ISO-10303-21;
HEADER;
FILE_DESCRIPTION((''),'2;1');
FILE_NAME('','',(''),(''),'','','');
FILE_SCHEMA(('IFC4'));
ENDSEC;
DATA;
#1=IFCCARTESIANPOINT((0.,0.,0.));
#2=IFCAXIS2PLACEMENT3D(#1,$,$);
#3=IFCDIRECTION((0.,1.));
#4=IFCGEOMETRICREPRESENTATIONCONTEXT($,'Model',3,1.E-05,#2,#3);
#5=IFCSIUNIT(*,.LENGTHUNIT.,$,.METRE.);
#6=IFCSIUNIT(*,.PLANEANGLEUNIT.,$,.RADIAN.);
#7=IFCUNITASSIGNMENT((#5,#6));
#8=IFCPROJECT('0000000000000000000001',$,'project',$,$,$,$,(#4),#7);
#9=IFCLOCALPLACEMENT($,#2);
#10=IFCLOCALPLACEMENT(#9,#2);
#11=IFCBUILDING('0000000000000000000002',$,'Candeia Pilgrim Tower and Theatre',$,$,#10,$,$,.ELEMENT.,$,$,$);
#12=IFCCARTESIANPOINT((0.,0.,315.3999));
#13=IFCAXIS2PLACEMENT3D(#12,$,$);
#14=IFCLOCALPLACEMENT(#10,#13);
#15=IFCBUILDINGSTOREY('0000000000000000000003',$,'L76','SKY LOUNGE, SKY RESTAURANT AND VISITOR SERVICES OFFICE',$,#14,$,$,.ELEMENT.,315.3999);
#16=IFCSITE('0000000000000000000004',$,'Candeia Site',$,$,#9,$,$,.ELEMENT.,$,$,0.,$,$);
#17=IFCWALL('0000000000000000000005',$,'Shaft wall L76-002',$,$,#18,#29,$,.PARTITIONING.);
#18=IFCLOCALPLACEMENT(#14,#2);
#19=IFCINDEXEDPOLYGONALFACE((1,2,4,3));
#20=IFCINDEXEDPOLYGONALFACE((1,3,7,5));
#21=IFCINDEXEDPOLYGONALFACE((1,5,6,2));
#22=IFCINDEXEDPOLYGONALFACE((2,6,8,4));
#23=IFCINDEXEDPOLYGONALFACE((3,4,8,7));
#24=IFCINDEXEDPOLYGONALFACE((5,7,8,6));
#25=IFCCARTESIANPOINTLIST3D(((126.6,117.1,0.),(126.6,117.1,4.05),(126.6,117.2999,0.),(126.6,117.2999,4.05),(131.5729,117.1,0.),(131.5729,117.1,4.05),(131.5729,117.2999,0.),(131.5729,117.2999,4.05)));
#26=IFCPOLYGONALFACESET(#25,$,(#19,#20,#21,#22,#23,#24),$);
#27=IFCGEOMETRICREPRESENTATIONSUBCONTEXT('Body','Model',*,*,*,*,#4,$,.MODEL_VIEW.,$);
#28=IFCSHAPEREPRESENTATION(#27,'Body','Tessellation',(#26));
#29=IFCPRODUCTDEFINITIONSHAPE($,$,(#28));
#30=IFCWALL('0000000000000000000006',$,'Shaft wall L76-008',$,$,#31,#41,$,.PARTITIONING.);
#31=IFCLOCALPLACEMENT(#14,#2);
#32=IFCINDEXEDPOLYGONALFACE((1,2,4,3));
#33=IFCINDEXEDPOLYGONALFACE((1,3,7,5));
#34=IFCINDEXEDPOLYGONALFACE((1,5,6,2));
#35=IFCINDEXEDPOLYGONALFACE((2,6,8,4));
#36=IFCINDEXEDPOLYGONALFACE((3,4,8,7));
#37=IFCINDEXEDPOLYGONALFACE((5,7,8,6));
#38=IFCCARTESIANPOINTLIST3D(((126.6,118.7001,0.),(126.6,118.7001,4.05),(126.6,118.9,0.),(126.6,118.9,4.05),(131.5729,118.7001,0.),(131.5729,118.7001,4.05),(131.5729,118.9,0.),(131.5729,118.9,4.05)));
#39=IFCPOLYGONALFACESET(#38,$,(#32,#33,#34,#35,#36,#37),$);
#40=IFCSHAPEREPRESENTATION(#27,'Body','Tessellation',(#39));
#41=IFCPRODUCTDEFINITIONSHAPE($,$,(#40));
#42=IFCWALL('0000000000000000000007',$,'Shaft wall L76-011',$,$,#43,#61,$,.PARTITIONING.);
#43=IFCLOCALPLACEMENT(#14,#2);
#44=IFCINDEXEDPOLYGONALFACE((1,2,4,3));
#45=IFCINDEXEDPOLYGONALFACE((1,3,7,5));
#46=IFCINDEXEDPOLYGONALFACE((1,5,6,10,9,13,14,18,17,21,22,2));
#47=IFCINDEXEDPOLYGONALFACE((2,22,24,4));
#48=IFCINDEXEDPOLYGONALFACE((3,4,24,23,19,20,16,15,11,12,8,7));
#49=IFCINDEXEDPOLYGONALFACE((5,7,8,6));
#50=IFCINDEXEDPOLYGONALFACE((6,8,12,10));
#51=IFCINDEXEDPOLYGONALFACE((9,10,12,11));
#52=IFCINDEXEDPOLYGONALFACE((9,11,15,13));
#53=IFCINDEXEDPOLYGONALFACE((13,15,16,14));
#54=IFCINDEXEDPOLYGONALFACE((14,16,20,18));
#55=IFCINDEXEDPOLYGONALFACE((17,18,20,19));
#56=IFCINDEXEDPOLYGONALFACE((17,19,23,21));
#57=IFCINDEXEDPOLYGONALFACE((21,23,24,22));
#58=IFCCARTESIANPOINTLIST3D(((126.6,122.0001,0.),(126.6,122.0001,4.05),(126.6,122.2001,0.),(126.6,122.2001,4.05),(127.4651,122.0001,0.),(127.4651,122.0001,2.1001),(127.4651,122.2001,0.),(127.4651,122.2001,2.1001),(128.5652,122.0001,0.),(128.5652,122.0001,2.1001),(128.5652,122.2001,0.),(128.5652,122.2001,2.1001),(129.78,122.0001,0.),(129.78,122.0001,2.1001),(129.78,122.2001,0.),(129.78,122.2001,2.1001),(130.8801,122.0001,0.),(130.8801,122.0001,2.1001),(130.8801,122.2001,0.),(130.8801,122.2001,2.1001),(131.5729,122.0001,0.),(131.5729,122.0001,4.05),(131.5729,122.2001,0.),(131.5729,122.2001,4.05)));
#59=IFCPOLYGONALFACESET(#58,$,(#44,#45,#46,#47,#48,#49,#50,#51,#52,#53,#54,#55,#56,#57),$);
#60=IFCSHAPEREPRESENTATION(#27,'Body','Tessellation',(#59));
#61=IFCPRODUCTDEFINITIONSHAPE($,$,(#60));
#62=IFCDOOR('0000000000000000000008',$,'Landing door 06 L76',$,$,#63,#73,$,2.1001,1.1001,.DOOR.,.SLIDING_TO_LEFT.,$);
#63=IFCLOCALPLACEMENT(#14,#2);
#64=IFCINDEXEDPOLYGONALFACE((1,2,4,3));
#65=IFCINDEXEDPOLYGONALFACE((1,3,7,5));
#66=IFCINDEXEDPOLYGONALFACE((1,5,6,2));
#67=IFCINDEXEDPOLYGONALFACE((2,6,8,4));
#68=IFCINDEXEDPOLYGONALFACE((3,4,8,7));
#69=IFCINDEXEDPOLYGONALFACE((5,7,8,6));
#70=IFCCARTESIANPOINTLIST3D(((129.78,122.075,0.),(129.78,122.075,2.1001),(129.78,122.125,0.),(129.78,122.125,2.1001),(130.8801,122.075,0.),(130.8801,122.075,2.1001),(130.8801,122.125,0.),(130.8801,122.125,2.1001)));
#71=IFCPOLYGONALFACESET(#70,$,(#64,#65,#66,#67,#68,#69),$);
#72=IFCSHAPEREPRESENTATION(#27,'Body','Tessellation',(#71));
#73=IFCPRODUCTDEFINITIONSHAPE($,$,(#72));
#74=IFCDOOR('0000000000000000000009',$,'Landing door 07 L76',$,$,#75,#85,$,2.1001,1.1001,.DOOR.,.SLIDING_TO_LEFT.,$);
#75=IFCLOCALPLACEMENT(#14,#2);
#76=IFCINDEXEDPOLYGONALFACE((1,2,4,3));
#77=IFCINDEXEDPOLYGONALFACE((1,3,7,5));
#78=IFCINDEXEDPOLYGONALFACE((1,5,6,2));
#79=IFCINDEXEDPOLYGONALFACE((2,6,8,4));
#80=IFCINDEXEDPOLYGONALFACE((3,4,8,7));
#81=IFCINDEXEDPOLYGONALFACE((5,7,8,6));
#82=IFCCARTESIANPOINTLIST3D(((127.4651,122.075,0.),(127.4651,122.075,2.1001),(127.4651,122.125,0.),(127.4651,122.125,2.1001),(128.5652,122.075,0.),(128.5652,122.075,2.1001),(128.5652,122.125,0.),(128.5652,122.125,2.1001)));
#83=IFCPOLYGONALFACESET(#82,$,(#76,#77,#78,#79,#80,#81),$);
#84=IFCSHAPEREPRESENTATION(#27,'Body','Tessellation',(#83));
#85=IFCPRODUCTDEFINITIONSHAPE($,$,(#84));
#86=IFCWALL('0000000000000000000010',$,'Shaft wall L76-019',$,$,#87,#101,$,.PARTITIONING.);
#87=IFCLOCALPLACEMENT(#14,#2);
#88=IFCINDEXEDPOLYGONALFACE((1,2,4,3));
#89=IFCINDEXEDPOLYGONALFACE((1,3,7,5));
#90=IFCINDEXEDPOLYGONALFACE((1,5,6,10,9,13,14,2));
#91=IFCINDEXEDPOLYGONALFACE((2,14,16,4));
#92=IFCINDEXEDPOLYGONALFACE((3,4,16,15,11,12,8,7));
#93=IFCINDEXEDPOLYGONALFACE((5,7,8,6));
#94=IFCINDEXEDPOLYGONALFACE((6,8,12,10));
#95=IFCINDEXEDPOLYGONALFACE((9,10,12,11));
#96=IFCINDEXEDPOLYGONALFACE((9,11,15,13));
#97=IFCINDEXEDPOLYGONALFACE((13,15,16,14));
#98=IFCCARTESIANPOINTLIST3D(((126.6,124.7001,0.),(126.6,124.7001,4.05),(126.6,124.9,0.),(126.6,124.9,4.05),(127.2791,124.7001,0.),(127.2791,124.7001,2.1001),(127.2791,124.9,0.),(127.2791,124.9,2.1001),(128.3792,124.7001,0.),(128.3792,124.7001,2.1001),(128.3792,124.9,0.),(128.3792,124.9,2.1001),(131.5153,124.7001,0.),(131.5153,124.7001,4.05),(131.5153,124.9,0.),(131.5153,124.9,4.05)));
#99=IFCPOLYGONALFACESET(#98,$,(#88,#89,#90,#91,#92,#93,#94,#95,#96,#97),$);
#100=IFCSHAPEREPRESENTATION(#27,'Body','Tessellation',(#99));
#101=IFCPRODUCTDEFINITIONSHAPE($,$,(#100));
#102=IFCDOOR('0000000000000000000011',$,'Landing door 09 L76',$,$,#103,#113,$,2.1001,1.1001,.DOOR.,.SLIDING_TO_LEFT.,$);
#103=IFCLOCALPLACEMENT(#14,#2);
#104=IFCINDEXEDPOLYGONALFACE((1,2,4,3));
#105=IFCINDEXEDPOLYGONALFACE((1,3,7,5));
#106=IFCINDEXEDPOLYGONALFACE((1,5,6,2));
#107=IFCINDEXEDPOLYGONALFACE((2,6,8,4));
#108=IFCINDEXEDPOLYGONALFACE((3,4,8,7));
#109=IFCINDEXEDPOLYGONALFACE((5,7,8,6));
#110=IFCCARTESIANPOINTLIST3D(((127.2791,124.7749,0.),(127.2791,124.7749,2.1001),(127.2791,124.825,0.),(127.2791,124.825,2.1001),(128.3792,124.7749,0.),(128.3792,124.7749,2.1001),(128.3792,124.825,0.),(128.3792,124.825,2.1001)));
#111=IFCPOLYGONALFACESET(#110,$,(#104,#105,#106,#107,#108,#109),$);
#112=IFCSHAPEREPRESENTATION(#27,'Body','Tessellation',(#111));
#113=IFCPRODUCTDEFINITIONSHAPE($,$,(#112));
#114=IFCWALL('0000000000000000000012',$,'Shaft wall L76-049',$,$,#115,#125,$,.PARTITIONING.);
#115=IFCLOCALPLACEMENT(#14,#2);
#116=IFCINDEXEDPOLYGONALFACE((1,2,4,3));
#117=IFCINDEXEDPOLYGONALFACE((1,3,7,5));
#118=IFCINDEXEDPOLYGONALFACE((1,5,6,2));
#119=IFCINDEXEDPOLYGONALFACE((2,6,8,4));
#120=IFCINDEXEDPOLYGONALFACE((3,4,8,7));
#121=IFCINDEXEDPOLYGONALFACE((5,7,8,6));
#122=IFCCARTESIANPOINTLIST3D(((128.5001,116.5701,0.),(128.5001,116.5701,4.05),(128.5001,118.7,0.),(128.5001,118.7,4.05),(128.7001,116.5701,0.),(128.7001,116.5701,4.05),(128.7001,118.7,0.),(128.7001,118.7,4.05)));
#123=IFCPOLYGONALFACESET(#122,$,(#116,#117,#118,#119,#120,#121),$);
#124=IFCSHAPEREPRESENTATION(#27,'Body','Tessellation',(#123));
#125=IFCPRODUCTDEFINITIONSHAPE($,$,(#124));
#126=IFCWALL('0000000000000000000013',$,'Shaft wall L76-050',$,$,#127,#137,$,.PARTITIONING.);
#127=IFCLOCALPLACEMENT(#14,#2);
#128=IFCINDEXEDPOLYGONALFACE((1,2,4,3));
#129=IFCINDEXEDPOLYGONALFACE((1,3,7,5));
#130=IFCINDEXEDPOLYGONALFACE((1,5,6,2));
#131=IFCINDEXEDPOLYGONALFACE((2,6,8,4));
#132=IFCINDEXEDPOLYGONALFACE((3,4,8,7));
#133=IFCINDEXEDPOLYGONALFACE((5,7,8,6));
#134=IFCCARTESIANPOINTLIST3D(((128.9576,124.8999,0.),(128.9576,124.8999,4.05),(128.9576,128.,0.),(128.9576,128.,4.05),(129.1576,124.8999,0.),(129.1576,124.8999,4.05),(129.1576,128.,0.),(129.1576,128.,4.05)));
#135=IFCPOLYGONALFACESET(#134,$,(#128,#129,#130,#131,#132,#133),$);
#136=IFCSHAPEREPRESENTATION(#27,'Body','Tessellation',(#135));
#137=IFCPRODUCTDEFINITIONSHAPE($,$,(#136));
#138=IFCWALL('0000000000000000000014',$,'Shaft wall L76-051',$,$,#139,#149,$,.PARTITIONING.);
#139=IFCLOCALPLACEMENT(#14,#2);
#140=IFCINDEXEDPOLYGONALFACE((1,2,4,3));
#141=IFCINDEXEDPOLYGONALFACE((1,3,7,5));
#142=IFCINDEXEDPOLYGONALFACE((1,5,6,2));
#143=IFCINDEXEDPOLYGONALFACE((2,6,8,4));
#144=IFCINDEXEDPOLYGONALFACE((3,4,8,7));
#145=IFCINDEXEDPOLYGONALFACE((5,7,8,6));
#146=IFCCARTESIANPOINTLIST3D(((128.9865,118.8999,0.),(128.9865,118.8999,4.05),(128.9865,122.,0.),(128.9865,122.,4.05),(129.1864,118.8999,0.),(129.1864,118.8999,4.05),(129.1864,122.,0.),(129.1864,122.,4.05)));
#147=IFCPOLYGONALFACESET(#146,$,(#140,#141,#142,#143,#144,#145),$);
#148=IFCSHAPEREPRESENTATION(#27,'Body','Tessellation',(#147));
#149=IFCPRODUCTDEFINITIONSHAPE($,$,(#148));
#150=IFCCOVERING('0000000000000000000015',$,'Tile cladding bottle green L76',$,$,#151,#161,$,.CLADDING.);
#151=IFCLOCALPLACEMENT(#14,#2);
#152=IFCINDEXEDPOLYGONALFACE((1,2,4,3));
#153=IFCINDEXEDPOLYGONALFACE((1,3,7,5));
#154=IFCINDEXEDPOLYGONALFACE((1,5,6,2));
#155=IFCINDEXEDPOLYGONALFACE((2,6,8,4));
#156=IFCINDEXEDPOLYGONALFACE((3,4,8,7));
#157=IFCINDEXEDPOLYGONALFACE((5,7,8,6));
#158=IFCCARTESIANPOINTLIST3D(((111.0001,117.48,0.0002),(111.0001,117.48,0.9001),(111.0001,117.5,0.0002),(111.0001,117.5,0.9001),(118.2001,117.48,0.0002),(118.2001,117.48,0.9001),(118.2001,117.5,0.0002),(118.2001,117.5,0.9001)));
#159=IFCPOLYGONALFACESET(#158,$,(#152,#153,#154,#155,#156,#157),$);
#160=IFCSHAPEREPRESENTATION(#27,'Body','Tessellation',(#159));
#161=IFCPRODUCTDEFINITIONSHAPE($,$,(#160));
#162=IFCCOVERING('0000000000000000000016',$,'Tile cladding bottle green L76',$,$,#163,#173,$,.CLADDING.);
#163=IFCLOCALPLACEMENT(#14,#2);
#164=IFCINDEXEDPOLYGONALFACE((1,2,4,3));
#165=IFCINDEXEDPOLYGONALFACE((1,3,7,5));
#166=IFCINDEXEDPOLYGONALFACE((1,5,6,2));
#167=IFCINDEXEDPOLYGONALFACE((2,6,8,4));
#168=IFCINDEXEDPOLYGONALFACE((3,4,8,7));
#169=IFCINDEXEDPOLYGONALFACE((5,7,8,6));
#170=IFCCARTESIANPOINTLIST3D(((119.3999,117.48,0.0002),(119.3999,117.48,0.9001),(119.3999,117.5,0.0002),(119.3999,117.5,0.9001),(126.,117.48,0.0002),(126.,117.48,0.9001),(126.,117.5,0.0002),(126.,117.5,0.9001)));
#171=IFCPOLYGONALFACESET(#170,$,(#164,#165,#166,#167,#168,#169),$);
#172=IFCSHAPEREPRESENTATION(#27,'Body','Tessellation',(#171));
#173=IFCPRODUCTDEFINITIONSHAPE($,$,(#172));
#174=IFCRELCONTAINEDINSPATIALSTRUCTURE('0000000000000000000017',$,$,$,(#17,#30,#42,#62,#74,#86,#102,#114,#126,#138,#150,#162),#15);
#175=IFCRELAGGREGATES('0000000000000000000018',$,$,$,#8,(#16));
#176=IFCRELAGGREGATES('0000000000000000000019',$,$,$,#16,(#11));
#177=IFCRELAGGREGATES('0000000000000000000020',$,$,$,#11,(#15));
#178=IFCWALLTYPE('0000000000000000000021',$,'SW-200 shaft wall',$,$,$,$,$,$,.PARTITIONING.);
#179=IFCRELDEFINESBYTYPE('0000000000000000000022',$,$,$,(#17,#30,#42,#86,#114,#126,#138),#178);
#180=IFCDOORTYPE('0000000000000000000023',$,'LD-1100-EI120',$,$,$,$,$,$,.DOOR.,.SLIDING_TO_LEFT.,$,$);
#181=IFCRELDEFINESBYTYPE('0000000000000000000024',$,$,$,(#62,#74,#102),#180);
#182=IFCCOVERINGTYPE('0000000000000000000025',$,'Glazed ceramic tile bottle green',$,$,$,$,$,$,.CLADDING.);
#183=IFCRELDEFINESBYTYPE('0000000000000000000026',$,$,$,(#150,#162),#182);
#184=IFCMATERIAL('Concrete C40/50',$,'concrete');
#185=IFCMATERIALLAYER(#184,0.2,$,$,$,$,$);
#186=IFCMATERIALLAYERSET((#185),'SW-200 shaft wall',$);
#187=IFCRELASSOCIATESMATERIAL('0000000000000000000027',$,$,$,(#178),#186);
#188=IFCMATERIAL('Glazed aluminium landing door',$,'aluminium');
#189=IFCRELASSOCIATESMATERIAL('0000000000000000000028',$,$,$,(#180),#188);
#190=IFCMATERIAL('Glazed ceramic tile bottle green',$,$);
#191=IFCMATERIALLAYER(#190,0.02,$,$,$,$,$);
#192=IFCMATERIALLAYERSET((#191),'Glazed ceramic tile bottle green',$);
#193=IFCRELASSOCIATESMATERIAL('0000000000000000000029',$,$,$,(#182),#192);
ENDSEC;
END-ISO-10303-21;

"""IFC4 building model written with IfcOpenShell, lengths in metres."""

from ifc_helpers import new_model, si_unit, direction, frame, frame_2d, origin, origin_2d, place, context, subcontext, project, spatial, rectangle, extrude, material, layer, layer_set, type_object, element, fill, save


model = new_model("IFC4")

# Units and contexts
model_context = context("Model", 3, precision=1e-05, world=origin(), true_north=direction((0.0, 1.0)))
body_context = subcontext(model_context, "Body", "Model", "MODEL_VIEW")
ifc_project = project(units=[si_unit("LENGTHUNIT", "METRE"), si_unit("PLANEANGLEUNIT", "RADIAN")], contexts=[model_context])

# Site, building, storey
site_placement = place(None, origin())
site = spatial("IfcSite", under=ifc_project, at=site_placement, Name="Candeia Site", CompositionType="ELEMENT", RefElevation=0.0)
building_placement = place(site_placement, origin())
building = spatial("IfcBuilding", under=site, at=building_placement, Name="Candeia Pilgrim Tower and Theatre", CompositionType="ELEMENT")
storey_placement = place(building_placement, frame((0.0, 0.0, 315.3999)))
storey = spatial("IfcBuildingStorey", under=building, at=storey_placement, Name="L76", Description="SKY LOUNGE, SKY RESTAURANT AND VISITOR SERVICES OFFICE", CompositionType="ELEMENT", Elevation=315.3999)

# Shared definitions
ifc_material_1 = material(Name="Concrete C40/50", Category="concrete")

# Walls
ifc_layer_1 = layer(ifc_material_1, 0.2)
ifc_layer_set_1 = layer_set([ifc_layer_1], Name="SW-200 shaft wall")
wall_type_1 = type_object("IfcWallType", Name="SW-200 shaft wall", PredefinedType="PARTITIONING", material=ifc_layer_set_1)
for number, where, z_axis, x_axis, name in (
    (1, (126.6001, 117.2, 0.0), (0.0, 0.0, 1.0), (1.0, 0.0, 0.0), "Shaft wall L76-002"),
    (2, (126.6001, 118.8, 0.0), (0.0, 0.0, 1.0), (1.0, 0.0, 0.0), "Shaft wall L76-008"),
):
    element("IfcWall", number, at=place(storey_placement, frame(where, z_axis=z_axis, x_axis=x_axis)), inside=storey, type_object=wall_type_1, Name=name, PredefinedType="PARTITIONING", context=body_context, shape_type="SweptSolid", body=[
        extrude(rectangle(XDim=4.9729, YDim=0.2, at=frame_2d((2.4863, 0.0))), origin(), (0.0, 0.0, 1.0), 4.05),
    ])

# Wall, openings, doors
wall_1_placement = place(storey_placement, frame((126.6001, 122.1001, 0.0), z_axis=(0.0, 0.0, 1.0), x_axis=(1.0, 0.0, 0.0)))
wall_1 = element("IfcWall", 3, at=wall_1_placement, inside=storey, type_object=wall_type_1, Name="Shaft wall L76-011", PredefinedType="PARTITIONING", context=body_context, shape_type="SweptSolid", body=[
    extrude(rectangle(XDim=4.9729, YDim=0.2, at=frame_2d((2.4863, 0.0))), origin(), (0.0, 0.0, 1.0), 4.05),
])
opening_1_placement = place(wall_1_placement, frame((3.1799, 0.0, 0.0)))
opening_1 = element("IfcOpeningElement", 4, at=opening_1_placement, cuts=wall_1, PredefinedType="OPENING", context=body_context, shape_type="SweptSolid", body=[
    extrude(rectangle(XDim=1.1001, YDim=2.1001, at=frame_2d((0.55, 1.05))), frame((0.0, 0.1099, 0.0), z_axis=(0.0, -1.0, 0.0), x_axis=(1.0, 0.0, 0.0)), (0.0, 0.0, 1.0), 0.22),
])
opening_2_placement = place(wall_1_placement, frame((0.865, 0.0, 0.0)))
opening_2 = element("IfcOpeningElement", 5, at=opening_2_placement, cuts=wall_1, PredefinedType="OPENING", context=body_context, shape_type="SweptSolid", body=[
    extrude(rectangle(XDim=1.1001, YDim=2.1001, at=frame_2d((0.55, 1.05))), frame((0.0, 0.1099, 0.0), z_axis=(0.0, -1.0, 0.0), x_axis=(1.0, 0.0, 0.0)), (0.0, 0.0, 1.0), 0.22),
])
ifc_material_2 = material(Name="Glazed aluminium landing door", Category="aluminium")
door_type_1 = type_object("IfcDoorType", Name="LD-1100-EI120", OperationType="SLIDING_TO_LEFT", PredefinedType="DOOR", material=ifc_material_2)
door_1_placement = place(opening_1_placement, origin())
door_1 = element("IfcDoor", 6, at=door_1_placement, inside=storey, type_object=door_type_1, Name="Landing door 06 L76", OperationType="SLIDING_TO_LEFT", OverallHeight=2.1001, OverallWidth=1.1001, PredefinedType="DOOR", context=body_context, shape_type="SweptSolid", body=[
    extrude(rectangle(XDim=1.1001, YDim=2.1001, at=frame_2d((0.55, 1.05))), frame((0.0, 0.0249, 0.0), z_axis=(0.0, -1.0, 0.0), x_axis=(1.0, 0.0, 0.0)), (0.0, 0.0, 1.0), 0.05),
])
fill(opening_1, door_1)
door_2_placement = place(opening_2_placement, origin())
door_2 = element("IfcDoor", 7, at=door_2_placement, inside=storey, type_object=door_type_1, Name="Landing door 07 L76", OperationType="SLIDING_TO_LEFT", OverallHeight=2.1001, OverallWidth=1.1001, PredefinedType="DOOR", context=body_context, shape_type="SweptSolid", body=[
    extrude(rectangle(XDim=1.1001, YDim=2.1001, at=frame_2d((0.55, 1.05))), frame((0.0, 0.0249, 0.0), z_axis=(0.0, -1.0, 0.0), x_axis=(1.0, 0.0, 0.0)), (0.0, 0.0, 1.0), 0.05),
])
fill(opening_2, door_2)

# Wall, opening, door
wall_2_placement = place(storey_placement, frame((126.6001, 124.8, 0.0), z_axis=(0.0, 0.0, 1.0), x_axis=(1.0, 0.0, 0.0)))
wall_2 = element("IfcWall", 8, at=wall_2_placement, inside=storey, type_object=wall_type_1, Name="Shaft wall L76-019", PredefinedType="PARTITIONING", context=body_context, shape_type="SweptSolid", body=[
    extrude(rectangle(XDim=4.9153, YDim=0.2, at=frame_2d((2.4575, 0.0))), origin(), (0.0, 0.0, 1.0), 4.05),
])
opening_3_placement = place(wall_2_placement, frame((0.679, 0.0, 0.0)))
opening_3 = element("IfcOpeningElement", 9, at=opening_3_placement, cuts=wall_2, PredefinedType="OPENING", context=body_context, shape_type="SweptSolid", body=[
    extrude(rectangle(XDim=1.1001, YDim=2.1001, at=frame_2d((0.55, 1.05))), frame((0.0, 0.1099, 0.0), z_axis=(0.0, -1.0, 0.0), x_axis=(1.0, 0.0, 0.0)), (0.0, 0.0, 1.0), 0.22),
])
door_3_placement = place(opening_3_placement, origin())
door_3 = element("IfcDoor", 10, at=door_3_placement, inside=storey, type_object=door_type_1, Name="Landing door 09 L76", OperationType="SLIDING_TO_LEFT", OverallHeight=2.1001, OverallWidth=1.1001, PredefinedType="DOOR", context=body_context, shape_type="SweptSolid", body=[
    extrude(rectangle(XDim=1.1001, YDim=2.1001, at=frame_2d((0.55, 1.05))), frame((0.0, 0.0249, 0.0), z_axis=(0.0, -1.0, 0.0), x_axis=(1.0, 0.0, 0.0)), (0.0, 0.0, 1.0), 0.05),
])
fill(opening_3, door_3)

# Walls
wall_3_placement = place(storey_placement, frame((128.6001, 116.5701, 0.0), z_axis=(0.0, 0.0, 1.0), x_axis=(0.0, 1.0, 0.0)))
element("IfcWall", 11, at=wall_3_placement, inside=storey, type_object=wall_type_1, Name="Shaft wall L76-049", PredefinedType="PARTITIONING", context=body_context, shape_type="SweptSolid", body=[
    extrude(rectangle(XDim=2.1299, YDim=0.2, at=frame_2d((1.0649, 0.0))), origin(), (0.0, 0.0, 1.0), 4.05),
])
for number, where, z_axis, x_axis, name in (
    (12, (129.0576, 124.8999, 0.0), (0.0, 0.0, 1.0), (0.0, 1.0, 0.0), "Shaft wall L76-050"),
    (13, (129.0864, 118.8999, 0.0), (0.0, 0.0, 1.0), (0.0, 1.0, 0.0), "Shaft wall L76-051"),
):
    element("IfcWall", number, at=place(storey_placement, frame(where, z_axis=z_axis, x_axis=x_axis)), inside=storey, type_object=wall_type_1, Name=name, PredefinedType="PARTITIONING", context=body_context, shape_type="SweptSolid", body=[
        extrude(rectangle(XDim=3.1001, YDim=0.2, at=frame_2d((1.55, 0.0))), origin(), (0.0, 0.0, 1.0), 4.05),
    ])

# Coverings
ifc_material_3 = material(Name="Glazed ceramic tile bottle green")
ifc_layer_2 = layer(ifc_material_3, 0.02)
ifc_layer_set_2 = layer_set([ifc_layer_2], Name="Glazed ceramic tile bottle green")
covering_type = type_object("IfcCoveringType", Name="Glazed ceramic tile bottle green", PredefinedType="CLADDING", material=ifc_layer_set_2)
covering_1_placement = place(storey_placement, frame((114.6001, 117.49, 0.0002), z_axis=(0.0, 0.0, 1.0), x_axis=(1.0, 0.0, 0.0)))
element("IfcCovering", 14, at=covering_1_placement, inside=storey, type_object=covering_type, Name="Tile cladding bottle green L76", PredefinedType="CLADDING", context=body_context, shape_type="SweptSolid", body=[
    extrude(rectangle(XDim=7.2, YDim=0.02, at=origin_2d()), origin(), (0.0, 0.0, 1.0), 0.8999),
])
covering_2_placement = place(storey_placement, frame((122.7, 117.49, 0.0002), z_axis=(0.0, 0.0, 1.0), x_axis=(1.0, 0.0, 0.0)))
element("IfcCovering", 15, at=covering_2_placement, inside=storey, type_object=covering_type, Name="Tile cladding bottle green L76", PredefinedType="CLADDING", context=body_context, shape_type="SweptSolid", body=[
    extrude(rectangle(XDim=6.6001, YDim=0.02, at=origin_2d()), origin(), (0.0, 0.0, 1.0), 0.8999),
])

save(model, "model.ifc")
